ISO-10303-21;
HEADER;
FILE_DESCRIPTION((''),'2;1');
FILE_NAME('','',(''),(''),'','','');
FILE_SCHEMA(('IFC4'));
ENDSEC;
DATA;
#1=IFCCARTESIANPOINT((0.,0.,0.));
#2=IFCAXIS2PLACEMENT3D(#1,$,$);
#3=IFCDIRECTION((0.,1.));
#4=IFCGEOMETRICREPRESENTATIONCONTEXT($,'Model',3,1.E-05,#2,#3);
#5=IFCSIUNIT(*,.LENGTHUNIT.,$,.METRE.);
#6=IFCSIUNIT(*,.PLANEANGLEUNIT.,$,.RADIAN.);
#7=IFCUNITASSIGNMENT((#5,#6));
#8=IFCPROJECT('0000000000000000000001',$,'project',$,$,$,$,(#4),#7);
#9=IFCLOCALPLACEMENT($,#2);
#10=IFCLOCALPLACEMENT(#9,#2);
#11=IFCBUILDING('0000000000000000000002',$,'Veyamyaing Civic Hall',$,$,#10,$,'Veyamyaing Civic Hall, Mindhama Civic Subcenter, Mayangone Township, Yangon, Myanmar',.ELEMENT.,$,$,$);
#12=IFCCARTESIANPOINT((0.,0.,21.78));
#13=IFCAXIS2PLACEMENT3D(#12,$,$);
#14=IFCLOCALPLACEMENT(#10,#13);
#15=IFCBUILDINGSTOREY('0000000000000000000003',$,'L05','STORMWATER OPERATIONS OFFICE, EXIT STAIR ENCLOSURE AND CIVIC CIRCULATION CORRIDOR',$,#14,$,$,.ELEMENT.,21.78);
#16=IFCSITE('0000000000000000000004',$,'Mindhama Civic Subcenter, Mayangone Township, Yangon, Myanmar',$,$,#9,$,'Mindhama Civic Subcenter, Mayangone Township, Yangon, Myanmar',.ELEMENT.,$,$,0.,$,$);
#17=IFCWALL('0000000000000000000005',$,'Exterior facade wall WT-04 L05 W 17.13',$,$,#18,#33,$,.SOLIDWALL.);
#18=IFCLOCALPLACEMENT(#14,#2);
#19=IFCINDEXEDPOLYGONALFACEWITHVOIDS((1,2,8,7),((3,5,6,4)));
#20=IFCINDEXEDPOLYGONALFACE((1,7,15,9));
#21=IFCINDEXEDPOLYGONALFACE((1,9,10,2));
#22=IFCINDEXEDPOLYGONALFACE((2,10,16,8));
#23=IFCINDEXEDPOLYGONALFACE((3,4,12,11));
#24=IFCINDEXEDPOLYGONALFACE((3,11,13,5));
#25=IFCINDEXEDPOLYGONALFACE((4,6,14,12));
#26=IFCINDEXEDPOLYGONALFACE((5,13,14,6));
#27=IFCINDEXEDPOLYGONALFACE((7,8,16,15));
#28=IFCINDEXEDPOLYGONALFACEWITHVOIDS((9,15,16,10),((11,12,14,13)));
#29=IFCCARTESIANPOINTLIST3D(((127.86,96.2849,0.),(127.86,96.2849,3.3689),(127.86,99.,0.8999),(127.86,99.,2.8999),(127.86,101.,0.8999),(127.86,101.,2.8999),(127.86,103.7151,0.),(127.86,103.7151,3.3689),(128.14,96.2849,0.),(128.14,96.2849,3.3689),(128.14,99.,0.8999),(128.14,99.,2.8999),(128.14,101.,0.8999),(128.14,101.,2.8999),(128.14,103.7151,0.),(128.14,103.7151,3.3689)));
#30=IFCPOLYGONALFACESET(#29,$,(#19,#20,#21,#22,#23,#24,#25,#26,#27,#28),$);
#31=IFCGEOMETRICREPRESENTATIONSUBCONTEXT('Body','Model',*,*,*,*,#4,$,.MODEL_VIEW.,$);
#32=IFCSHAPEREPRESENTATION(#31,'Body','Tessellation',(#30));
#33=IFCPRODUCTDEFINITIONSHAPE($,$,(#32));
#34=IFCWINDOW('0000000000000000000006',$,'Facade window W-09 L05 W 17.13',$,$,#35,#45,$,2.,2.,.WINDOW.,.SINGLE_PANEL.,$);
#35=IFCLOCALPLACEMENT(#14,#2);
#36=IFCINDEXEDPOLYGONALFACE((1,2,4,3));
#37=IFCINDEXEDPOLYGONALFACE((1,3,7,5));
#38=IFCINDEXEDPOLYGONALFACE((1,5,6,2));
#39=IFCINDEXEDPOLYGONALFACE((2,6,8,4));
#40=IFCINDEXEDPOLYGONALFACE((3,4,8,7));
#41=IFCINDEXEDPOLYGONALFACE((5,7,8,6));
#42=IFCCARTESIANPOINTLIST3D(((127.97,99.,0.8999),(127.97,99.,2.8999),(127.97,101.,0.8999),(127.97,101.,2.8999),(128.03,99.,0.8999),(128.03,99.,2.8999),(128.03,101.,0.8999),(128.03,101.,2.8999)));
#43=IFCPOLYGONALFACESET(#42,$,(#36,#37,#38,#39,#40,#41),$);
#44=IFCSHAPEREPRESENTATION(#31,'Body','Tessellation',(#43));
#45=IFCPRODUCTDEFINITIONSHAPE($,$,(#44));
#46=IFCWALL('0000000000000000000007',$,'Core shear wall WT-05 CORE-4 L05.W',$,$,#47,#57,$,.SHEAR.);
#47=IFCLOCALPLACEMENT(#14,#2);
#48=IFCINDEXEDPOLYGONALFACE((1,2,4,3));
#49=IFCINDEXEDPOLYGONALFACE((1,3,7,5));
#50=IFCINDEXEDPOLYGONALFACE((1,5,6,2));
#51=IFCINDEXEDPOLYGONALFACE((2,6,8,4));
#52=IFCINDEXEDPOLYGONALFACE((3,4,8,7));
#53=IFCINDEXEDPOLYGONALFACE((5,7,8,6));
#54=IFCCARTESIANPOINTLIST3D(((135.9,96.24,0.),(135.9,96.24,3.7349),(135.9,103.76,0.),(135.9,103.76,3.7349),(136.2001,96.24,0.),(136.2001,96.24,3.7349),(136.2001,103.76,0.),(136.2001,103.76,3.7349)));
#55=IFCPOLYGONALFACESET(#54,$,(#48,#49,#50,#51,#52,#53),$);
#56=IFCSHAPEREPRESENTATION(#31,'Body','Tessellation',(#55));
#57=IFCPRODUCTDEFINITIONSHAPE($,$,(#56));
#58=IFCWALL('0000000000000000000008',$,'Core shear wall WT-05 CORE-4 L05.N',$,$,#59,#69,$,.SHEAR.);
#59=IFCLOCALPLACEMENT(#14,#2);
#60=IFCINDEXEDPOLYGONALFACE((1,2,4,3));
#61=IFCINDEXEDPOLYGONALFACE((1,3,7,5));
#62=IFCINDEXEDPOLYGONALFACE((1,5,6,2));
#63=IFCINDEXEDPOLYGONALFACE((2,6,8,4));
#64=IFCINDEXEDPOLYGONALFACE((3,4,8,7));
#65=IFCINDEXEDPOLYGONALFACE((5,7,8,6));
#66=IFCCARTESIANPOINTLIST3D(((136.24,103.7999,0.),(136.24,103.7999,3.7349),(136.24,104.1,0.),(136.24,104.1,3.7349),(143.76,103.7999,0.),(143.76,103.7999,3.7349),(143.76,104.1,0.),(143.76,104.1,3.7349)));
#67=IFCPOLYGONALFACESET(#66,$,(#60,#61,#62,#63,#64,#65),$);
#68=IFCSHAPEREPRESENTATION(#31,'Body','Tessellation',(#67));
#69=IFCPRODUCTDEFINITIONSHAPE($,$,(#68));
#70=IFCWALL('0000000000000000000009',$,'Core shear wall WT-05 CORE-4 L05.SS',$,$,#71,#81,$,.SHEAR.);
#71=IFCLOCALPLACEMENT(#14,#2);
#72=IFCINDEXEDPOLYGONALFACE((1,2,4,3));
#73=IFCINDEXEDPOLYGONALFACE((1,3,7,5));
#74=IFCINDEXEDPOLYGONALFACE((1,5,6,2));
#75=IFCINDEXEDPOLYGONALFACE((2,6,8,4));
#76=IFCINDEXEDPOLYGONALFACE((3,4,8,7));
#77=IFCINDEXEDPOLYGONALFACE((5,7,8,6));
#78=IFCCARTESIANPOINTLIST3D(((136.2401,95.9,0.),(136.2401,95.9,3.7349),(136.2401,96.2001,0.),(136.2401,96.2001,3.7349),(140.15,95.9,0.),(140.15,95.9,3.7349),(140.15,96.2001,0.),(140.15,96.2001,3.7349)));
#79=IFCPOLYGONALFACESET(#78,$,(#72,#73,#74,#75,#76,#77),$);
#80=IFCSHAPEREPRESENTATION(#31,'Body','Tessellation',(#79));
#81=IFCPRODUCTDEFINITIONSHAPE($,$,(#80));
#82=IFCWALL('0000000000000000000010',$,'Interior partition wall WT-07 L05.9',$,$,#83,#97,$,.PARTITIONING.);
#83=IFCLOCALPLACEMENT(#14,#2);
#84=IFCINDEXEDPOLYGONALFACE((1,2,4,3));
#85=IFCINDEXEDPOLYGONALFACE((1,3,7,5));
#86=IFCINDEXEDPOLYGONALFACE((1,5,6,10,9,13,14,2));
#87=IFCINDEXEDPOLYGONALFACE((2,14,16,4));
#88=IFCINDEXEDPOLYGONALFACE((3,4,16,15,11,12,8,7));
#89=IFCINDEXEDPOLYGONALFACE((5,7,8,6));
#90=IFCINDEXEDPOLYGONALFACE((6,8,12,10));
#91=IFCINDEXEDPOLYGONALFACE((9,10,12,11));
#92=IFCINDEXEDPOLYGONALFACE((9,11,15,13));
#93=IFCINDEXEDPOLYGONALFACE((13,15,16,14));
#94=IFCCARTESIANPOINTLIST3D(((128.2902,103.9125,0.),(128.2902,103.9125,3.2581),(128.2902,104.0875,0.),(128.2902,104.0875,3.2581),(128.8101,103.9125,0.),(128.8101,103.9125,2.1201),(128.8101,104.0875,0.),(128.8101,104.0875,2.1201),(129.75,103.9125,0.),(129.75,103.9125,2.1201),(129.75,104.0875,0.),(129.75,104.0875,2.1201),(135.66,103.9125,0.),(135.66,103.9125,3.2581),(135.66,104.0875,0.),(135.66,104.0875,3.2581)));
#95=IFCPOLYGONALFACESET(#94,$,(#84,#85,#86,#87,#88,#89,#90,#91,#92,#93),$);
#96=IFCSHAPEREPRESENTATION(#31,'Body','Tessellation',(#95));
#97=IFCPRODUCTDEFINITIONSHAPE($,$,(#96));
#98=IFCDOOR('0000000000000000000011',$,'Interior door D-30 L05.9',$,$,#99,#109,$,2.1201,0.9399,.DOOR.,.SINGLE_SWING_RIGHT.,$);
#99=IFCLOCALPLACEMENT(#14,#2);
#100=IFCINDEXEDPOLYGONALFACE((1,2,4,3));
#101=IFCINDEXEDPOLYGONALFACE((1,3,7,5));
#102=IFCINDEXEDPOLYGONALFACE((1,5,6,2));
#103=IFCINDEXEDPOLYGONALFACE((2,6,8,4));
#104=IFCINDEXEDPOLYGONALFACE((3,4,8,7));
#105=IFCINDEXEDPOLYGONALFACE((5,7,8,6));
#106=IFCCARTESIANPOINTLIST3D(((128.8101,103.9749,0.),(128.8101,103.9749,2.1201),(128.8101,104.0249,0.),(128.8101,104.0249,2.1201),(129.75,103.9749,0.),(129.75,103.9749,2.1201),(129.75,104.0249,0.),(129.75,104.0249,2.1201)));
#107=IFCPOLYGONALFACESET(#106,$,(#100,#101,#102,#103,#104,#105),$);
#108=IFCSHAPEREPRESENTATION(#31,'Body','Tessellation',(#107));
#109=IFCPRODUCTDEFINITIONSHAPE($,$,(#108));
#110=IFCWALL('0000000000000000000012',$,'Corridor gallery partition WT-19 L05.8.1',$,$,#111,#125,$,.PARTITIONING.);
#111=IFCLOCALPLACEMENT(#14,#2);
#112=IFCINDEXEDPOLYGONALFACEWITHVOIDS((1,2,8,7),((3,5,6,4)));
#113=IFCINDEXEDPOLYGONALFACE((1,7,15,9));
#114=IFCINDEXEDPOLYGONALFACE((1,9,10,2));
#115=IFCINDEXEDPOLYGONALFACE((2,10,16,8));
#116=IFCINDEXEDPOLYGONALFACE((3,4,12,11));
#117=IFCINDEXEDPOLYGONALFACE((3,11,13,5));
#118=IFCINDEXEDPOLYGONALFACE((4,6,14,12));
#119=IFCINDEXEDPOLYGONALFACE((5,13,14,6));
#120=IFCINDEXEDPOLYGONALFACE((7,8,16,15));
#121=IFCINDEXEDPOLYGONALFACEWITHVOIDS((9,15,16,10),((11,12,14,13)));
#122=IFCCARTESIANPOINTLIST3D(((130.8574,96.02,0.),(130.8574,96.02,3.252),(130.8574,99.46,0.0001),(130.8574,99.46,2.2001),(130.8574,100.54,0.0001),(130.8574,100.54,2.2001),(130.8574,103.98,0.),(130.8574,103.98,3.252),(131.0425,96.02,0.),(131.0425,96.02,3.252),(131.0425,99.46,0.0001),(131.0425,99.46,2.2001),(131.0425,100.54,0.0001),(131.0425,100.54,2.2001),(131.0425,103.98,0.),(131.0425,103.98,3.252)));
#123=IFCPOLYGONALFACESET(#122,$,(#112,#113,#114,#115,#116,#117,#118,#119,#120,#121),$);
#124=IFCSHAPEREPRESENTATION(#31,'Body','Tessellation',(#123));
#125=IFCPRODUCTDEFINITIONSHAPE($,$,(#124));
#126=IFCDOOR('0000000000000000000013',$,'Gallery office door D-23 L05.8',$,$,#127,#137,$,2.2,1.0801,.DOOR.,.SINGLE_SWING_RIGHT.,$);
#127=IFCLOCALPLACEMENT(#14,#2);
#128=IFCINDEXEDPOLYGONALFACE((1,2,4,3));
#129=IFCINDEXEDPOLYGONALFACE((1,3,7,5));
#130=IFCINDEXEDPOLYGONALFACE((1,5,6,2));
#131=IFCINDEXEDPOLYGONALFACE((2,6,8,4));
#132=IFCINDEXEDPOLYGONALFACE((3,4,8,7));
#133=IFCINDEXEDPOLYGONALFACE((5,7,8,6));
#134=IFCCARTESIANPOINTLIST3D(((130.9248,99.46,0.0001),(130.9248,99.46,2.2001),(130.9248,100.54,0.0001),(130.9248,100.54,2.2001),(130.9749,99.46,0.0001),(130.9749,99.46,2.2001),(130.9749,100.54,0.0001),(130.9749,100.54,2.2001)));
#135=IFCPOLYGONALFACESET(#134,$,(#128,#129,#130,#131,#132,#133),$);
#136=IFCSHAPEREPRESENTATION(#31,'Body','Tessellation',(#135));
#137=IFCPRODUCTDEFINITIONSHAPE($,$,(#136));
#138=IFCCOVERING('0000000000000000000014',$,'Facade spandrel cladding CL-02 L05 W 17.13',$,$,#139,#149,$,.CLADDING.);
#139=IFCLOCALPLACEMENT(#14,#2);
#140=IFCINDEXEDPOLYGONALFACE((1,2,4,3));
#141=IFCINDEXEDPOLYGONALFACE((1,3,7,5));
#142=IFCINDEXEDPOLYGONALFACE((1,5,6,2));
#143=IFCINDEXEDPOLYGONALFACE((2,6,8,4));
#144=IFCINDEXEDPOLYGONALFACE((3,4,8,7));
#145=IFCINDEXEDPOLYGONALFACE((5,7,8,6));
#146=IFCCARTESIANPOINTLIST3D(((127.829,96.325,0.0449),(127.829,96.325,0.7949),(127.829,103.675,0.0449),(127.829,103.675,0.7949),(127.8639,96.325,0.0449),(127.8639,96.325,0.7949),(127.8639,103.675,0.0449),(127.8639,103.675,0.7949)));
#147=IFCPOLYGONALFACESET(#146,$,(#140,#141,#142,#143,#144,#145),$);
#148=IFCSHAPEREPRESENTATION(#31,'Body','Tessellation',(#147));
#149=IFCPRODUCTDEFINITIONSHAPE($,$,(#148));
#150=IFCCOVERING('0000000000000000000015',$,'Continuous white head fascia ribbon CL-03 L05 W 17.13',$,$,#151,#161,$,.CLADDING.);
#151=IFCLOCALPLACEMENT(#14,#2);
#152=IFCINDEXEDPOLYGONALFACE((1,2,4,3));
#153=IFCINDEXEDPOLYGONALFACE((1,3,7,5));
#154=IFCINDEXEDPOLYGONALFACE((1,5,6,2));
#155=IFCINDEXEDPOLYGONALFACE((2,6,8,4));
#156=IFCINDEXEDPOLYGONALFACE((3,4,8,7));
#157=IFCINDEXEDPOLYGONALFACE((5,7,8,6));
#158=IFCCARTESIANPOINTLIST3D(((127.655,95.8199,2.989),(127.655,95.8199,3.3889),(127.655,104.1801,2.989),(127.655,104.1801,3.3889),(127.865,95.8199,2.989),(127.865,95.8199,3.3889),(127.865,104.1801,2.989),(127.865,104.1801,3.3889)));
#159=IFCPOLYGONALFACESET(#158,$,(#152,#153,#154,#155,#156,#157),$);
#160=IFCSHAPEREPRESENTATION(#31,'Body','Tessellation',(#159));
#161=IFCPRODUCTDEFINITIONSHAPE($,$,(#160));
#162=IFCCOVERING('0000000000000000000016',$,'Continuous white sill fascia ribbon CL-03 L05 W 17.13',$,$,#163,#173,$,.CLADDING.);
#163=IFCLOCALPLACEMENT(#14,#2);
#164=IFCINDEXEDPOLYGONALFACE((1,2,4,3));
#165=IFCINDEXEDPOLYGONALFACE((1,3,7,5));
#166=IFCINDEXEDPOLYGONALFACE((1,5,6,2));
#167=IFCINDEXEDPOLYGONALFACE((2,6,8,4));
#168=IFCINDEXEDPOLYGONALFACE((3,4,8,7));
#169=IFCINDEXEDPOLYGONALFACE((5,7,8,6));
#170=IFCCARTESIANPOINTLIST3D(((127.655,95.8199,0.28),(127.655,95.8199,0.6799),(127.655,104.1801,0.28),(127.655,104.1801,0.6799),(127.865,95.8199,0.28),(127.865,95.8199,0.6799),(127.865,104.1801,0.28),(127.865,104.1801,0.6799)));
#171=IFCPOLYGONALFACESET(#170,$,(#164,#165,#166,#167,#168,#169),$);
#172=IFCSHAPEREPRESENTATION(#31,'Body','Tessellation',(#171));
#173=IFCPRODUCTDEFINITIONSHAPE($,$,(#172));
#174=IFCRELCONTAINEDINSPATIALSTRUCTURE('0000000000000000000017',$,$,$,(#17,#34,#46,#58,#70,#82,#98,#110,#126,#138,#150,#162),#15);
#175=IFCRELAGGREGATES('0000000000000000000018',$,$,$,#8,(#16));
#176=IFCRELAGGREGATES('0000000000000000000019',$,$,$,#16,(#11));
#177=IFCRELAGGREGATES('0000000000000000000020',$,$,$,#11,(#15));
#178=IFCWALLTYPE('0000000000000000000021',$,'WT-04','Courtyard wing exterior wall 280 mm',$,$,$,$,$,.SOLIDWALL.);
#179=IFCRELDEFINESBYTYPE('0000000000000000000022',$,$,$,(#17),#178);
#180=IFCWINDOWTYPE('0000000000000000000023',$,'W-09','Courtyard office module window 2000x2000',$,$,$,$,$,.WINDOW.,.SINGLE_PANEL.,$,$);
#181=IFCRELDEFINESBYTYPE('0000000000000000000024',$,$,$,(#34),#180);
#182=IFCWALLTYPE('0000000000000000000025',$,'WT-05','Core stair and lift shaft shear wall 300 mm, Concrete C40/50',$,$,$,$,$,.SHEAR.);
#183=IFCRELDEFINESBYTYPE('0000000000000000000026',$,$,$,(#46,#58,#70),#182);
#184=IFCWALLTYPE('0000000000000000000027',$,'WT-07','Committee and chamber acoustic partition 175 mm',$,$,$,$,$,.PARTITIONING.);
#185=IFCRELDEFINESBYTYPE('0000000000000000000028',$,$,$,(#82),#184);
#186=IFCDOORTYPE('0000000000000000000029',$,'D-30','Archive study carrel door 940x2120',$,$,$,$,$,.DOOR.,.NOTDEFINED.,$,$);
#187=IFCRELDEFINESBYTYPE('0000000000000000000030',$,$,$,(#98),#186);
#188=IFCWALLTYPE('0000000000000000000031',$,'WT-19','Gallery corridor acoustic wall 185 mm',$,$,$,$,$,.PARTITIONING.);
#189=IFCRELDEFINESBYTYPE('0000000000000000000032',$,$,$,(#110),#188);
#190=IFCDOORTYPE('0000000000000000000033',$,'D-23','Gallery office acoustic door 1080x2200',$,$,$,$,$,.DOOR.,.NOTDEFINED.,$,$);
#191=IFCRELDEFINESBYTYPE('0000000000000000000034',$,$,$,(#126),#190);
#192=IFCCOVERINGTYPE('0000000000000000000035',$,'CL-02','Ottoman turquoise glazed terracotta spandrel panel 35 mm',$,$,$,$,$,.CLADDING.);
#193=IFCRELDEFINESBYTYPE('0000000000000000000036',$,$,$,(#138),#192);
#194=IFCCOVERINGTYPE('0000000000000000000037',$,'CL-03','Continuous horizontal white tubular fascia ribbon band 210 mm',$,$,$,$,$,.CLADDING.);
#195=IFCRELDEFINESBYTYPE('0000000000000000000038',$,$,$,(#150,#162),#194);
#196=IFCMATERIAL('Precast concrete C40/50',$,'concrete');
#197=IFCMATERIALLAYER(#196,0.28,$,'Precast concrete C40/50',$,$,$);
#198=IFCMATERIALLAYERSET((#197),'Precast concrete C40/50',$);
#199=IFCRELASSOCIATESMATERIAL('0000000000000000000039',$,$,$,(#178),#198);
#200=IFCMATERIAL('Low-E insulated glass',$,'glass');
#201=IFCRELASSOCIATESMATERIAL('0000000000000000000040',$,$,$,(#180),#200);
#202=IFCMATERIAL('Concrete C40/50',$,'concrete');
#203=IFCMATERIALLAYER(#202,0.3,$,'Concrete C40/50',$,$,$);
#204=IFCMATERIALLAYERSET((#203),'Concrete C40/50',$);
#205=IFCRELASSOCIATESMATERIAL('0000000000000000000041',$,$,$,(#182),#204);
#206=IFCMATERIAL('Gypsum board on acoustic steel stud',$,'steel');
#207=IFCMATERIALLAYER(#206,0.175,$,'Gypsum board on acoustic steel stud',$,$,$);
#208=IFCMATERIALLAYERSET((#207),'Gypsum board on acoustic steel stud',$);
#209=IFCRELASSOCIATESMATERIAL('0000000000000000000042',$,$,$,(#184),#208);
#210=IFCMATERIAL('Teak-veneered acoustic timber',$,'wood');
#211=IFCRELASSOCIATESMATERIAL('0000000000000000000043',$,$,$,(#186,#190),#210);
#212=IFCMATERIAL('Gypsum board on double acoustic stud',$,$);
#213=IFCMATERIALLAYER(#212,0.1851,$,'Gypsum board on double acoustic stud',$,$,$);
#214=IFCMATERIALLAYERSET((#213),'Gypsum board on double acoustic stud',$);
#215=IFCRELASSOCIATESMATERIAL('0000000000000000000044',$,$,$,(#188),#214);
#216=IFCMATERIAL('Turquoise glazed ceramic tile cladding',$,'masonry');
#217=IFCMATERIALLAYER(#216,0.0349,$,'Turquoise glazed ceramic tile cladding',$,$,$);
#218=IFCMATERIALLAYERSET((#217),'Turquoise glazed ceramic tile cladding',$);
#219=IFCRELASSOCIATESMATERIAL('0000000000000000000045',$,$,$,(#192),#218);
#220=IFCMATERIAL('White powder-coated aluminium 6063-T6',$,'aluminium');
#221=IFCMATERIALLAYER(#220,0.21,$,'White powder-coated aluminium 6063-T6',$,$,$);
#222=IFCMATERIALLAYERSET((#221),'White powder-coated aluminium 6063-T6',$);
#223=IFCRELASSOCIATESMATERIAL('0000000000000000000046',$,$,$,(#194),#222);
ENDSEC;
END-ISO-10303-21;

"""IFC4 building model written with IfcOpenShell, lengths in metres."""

from ifc_helpers import new_model, si_unit, direction, frame, frame_2d, origin, origin_2d, place, context, subcontext, project, spatial, rectangle, extrude, material, layer, layer_set, type_object, element, fill, save


model = new_model("IFC4")

# Units and contexts
model_context = context("Model", 3, precision=1e-05, world=origin(), true_north=direction((0.0, 1.0)))
body_context = subcontext(model_context, "Body", "Model", "MODEL_VIEW")
ifc_project = project(units=[si_unit("LENGTHUNIT", "METRE"), si_unit("PLANEANGLEUNIT", "RADIAN")], contexts=[model_context])

# Site, building, storey
site_placement = place(None, origin())
site = spatial("IfcSite", under=ifc_project, at=site_placement, Name="Mindhama Civic Subcenter, Mayangone Township, Yangon, Myanmar", LongName="Mindhama Civic Subcenter, Mayangone Township, Yangon, Myanmar", CompositionType="ELEMENT", RefElevation=0.0)
building_placement = place(site_placement, origin())
building = spatial("IfcBuilding", under=site, at=building_placement, Name="Veyamyaing Civic Hall", LongName="Veyamyaing Civic Hall, Mindhama Civic Subcenter, Mayangone Township, Yangon, Myanmar", CompositionType="ELEMENT")
storey_placement = place(building_placement, frame((0.0, 0.0, 21.78)))
storey = spatial("IfcBuildingStorey", under=building, at=storey_placement, Name="L05", Description="STORMWATER OPERATIONS OFFICE, EXIT STAIR ENCLOSURE AND CIVIC CIRCULATION CORRIDOR", CompositionType="ELEMENT", Elevation=21.78)

# Wall, opening, window
ifc_material_1 = material(Name="Precast concrete C40/50", Category="concrete")
ifc_layer_1 = layer(ifc_material_1, 0.28, Name="Precast concrete C40/50")
ifc_layer_set_1 = layer_set([ifc_layer_1], Name="Precast concrete C40/50")
wall_type_1 = type_object("IfcWallType", Name="WT-04", Description="Courtyard wing exterior wall 280 mm", PredefinedType="SOLIDWALL", material=ifc_layer_set_1)
wall_1_placement = place(storey_placement, frame((128.0, 96.2849, 0.0), z_axis=(0.0, 0.0, 1.0), x_axis=(0.0, 1.0, 0.0)))
wall_1 = element("IfcWall", 1, at=wall_1_placement, inside=storey, type_object=wall_type_1, Name="Exterior facade wall WT-04 L05 W 17.13", PredefinedType="SOLIDWALL", context=body_context, shape_type="SweptSolid", body=[
    extrude(rectangle(XDim=7.4302, YDim=0.28, at=frame_2d((3.7151, 0.0))), origin(), (0.0, 0.0, 1.0), 3.3689),
])
opening_1_placement = place(wall_1_placement, frame((2.7151, 0.0, 0.8999)))
opening_1 = element("IfcOpeningElement", 2, at=opening_1_placement, cuts=wall_1, PredefinedType="OPENING", context=body_context, shape_type="SweptSolid", body=[
    extrude(rectangle(XDim=2.0, YDim=2.0, at=frame_2d((1.0, 1.0))), frame((0.0, 0.1499, 0.0), z_axis=(0.0, -1.0, 0.0), x_axis=(1.0, 0.0, 0.0)), (0.0, 0.0, 1.0), 0.3),
])
ifc_material_2 = material(Name="Low-E insulated glass", Category="glass")
window_type = type_object("IfcWindowType", Name="W-09", Description="Courtyard office module window 2000x2000", PartitioningType="SINGLE_PANEL", PredefinedType="WINDOW", material=ifc_material_2)
window_placement = place(opening_1_placement, origin())
window = element("IfcWindow", 3, at=window_placement, inside=storey, type_object=window_type, Name="Facade window W-09 L05 W 17.13", OverallHeight=2.0, OverallWidth=2.0, PartitioningType="SINGLE_PANEL", PredefinedType="WINDOW", context=body_context, shape_type="SweptSolid", body=[
    extrude(rectangle(XDim=2.0, YDim=2.0, at=frame_2d((1.0, 1.0))), frame((0.0, 0.03, 0.0), z_axis=(0.0, -1.0, 0.0), x_axis=(1.0, 0.0, 0.0)), (0.0, 0.0, 1.0), 0.0601),
])
fill(opening_1, window)

# Walls
ifc_material_3 = material(Name="Concrete C40/50", Category="concrete")
ifc_layer_2 = layer(ifc_material_3, 0.3, Name="Concrete C40/50")
ifc_layer_set_2 = layer_set([ifc_layer_2], Name="Concrete C40/50")
wall_type_2 = type_object("IfcWallType", Name="WT-05", Description="Core stair and lift shaft shear wall 300 mm, Concrete C40/50", PredefinedType="SHEAR", material=ifc_layer_set_2)
for number, where, z_axis, x_axis, name in (
    (4, (136.05, 96.24, 0.0), (0.0, 0.0, 1.0), (0.0, 1.0, 0.0), "Core shear wall WT-05 CORE-4 L05.W"),
    (5, (136.24, 103.95, 0.0), (0.0, 0.0, 1.0), (1.0, 0.0, 0.0), "Core shear wall WT-05 CORE-4 L05.N"),
):
    element("IfcWall", number, at=place(storey_placement, frame(where, z_axis=z_axis, x_axis=x_axis)), inside=storey, type_object=wall_type_2, Name=name, PredefinedType="SHEAR", context=body_context, shape_type="SweptSolid", body=[
        extrude(rectangle(XDim=7.52, YDim=0.3, at=frame_2d((3.76, 0.0))), origin(), (0.0, 0.0, 1.0), 3.7349),
    ])
wall_2_placement = place(storey_placement, frame((136.24, 96.05, 0.0), z_axis=(0.0, 0.0, 1.0), x_axis=(1.0, 0.0, 0.0)))
element("IfcWall", 6, at=wall_2_placement, inside=storey, type_object=wall_type_2, Name="Core shear wall WT-05 CORE-4 L05.SS", PredefinedType="SHEAR", context=body_context, shape_type="SweptSolid", body=[
    extrude(rectangle(XDim=3.9099, YDim=0.3, at=frame_2d((1.9551, 0.0))), origin(), (0.0, 0.0, 1.0), 3.7349),
])

# Walls, openings, doors
ifc_material_4 = material(Name="Gypsum board on acoustic steel stud", Category="steel")
ifc_layer_3 = layer(ifc_material_4, 0.175, Name="Gypsum board on acoustic steel stud")
ifc_layer_set_3 = layer_set([ifc_layer_3], Name="Gypsum board on acoustic steel stud")
wall_type_3 = type_object("IfcWallType", Name="WT-07", Description="Committee and chamber acoustic partition 175 mm", PredefinedType="PARTITIONING", material=ifc_layer_set_3)
wall_3_placement = place(storey_placement, frame((128.29, 104.0, 0.0), z_axis=(0.0, 0.0, 1.0), x_axis=(1.0, 0.0, 0.0)))
wall_3 = element("IfcWall", 7, at=wall_3_placement, inside=storey, type_object=wall_type_3, Name="Interior partition wall WT-07 L05.9", PredefinedType="PARTITIONING", context=body_context, shape_type="SweptSolid", body=[
    extrude(rectangle(XDim=7.3699, YDim=0.175, at=frame_2d((3.6851, 0.0))), origin(), (0.0, 0.0, 1.0), 3.2581),
])
opening_2_placement = place(wall_3_placement, frame((0.52, 0.0, 0.0)))
opening_2 = element("IfcOpeningElement", 8, at=opening_2_placement, cuts=wall_3, PredefinedType="OPENING", context=body_context, shape_type="SweptSolid", body=[
    extrude(rectangle(XDim=0.9399, YDim=2.1201, at=frame_2d((0.47, 1.0601))), frame((0.0, 0.0974, 0.0), z_axis=(0.0, -1.0, 0.0), x_axis=(1.0, 0.0, 0.0)), (0.0, 0.0, 1.0), 0.1951),
])
ifc_material_5 = material(Name="Teak-veneered acoustic timber", Category="wood")
door_type_1 = type_object("IfcDoorType", Name="D-30", Description="Archive study carrel door 940x2120", OperationType="NOTDEFINED", PredefinedType="DOOR", material=ifc_material_5)
door_1_placement = place(opening_2_placement, origin())
door_1 = element("IfcDoor", 9, at=door_1_placement, inside=storey, type_object=door_type_1, Name="Interior door D-30 L05.9", OperationType="SINGLE_SWING_RIGHT", OverallHeight=2.1201, OverallWidth=0.9399, PredefinedType="DOOR", context=body_context, shape_type="SweptSolid", body=[
    extrude(rectangle(XDim=0.9399, YDim=2.1201, at=frame_2d((0.47, 1.0601))), frame((0.0, 0.0249, 0.0), z_axis=(0.0, -1.0, 0.0), x_axis=(1.0, 0.0, 0.0)), (0.0, 0.0, 1.0), 0.05),
])
fill(opening_2, door_1)
ifc_material_6 = material(Name="Gypsum board on double acoustic stud")
ifc_layer_4 = layer(ifc_material_6, 0.1851, Name="Gypsum board on double acoustic stud")
ifc_layer_set_4 = layer_set([ifc_layer_4], Name="Gypsum board on double acoustic stud")
wall_type_4 = type_object("IfcWallType", Name="WT-19", Description="Gallery corridor acoustic wall 185 mm", PredefinedType="PARTITIONING", material=ifc_layer_set_4)
wall_4_placement = place(storey_placement, frame((130.95, 96.02, 0.0), z_axis=(0.0, 0.0, 1.0), x_axis=(0.0, 1.0, 0.0)))
wall_4 = element("IfcWall", 10, at=wall_4_placement, inside=storey, type_object=wall_type_4, Name="Corridor gallery partition WT-19 L05.8.1", PredefinedType="PARTITIONING", context=body_context, shape_type="SweptSolid", body=[
    extrude(rectangle(XDim=7.96, YDim=0.1851, at=frame_2d((3.98, 0.0))), origin(), (0.0, 0.0, 1.0), 3.252),
])
opening_3_placement = place(wall_4_placement, frame((3.4399, 0.0, 0.0)))
opening_3 = element("IfcOpeningElement", 11, at=opening_3_placement, cuts=wall_4, PredefinedType="OPENING", context=body_context, shape_type="SweptSolid", body=[
    extrude(rectangle(XDim=1.0801, YDim=2.2, at=frame_2d((0.54, 1.1001))), frame((0.0, 0.1025, 0.0), z_axis=(0.0, -1.0, 0.0), x_axis=(1.0, 0.0, 0.0)), (0.0, 0.0, 1.0), 0.2051),
])
door_type_2 = type_object("IfcDoorType", Name="D-23", Description="Gallery office acoustic door 1080x2200", OperationType="NOTDEFINED", PredefinedType="DOOR", material=ifc_material_5)
door_2_placement = place(opening_3_placement, frame((1.0801, 0.0, 0.0), z_axis=(0.0, 0.0, 1.0), x_axis=(-1.0, 0.0, 0.0)))
door_2 = element("IfcDoor", 12, at=door_2_placement, inside=storey, type_object=door_type_2, Name="Gallery office door D-23 L05.8", OperationType="SINGLE_SWING_RIGHT", OverallHeight=2.2, OverallWidth=1.0801, PredefinedType="DOOR", context=body_context, shape_type="SweptSolid", body=[
    extrude(rectangle(XDim=1.0801, YDim=2.2, at=frame_2d((0.54, 1.1001))), frame((0.0, 0.0249, 0.0), z_axis=(0.0, -1.0, 0.0), x_axis=(1.0, 0.0, 0.0)), (0.0, 0.0, 1.0), 0.05),
])
fill(opening_3, door_2)

# Coverings
ifc_material_7 = material(Name="Turquoise glazed ceramic tile cladding", Category="masonry")
ifc_layer_5 = layer(ifc_material_7, 0.0349, Name="Turquoise glazed ceramic tile cladding")
ifc_layer_set_5 = layer_set([ifc_layer_5], Name="Turquoise glazed ceramic tile cladding")
covering_type_1 = type_object("IfcCoveringType", Name="CL-02", Description="Ottoman turquoise glazed terracotta spandrel panel 35 mm", PredefinedType="CLADDING", material=ifc_layer_set_5)
covering_placement = place(storey_placement, frame((127.8464, 100.0, 0.0449), z_axis=(0.0, 0.0, 1.0), x_axis=(0.0, 1.0, 0.0)))
element("IfcCovering", 13, at=covering_placement, inside=storey, type_object=covering_type_1, Name="Facade spandrel cladding CL-02 L05 W 17.13", PredefinedType="CLADDING", context=body_context, shape_type="SweptSolid", body=[
    extrude(rectangle(XDim=7.3501, YDim=0.0349, at=origin_2d()), origin(), (0.0, 0.0, 1.0), 0.75),
])
ifc_material_8 = material(Name="White powder-coated aluminium 6063-T6", Category="aluminium")
ifc_layer_6 = layer(ifc_material_8, 0.21, Name="White powder-coated aluminium 6063-T6")
ifc_layer_set_6 = layer_set([ifc_layer_6], Name="White powder-coated aluminium 6063-T6")
covering_type_2 = type_object("IfcCoveringType", Name="CL-03", Description="Continuous horizontal white tubular fascia ribbon band 210 mm", PredefinedType="CLADDING", material=ifc_layer_set_6)
for number, where, z_axis, x_axis, name in (
    (14, (127.76, 100.0, 2.989), (0.0, 0.0, 1.0), (0.0, 1.0, 0.0), "Continuous white head fascia ribbon CL-03 L05 W 17.13"),
    (15, (127.76, 100.0, 0.28), (0.0, 0.0, 1.0), (0.0, 1.0, 0.0), "Continuous white sill fascia ribbon CL-03 L05 W 17.13"),
):
    element("IfcCovering", number, at=place(storey_placement, frame(where, z_axis=z_axis, x_axis=x_axis)), inside=storey, type_object=covering_type_2, Name=name, PredefinedType="CLADDING", context=body_context, shape_type="SweptSolid", body=[
        extrude(rectangle(XDim=8.3601, YDim=0.21, at=origin_2d()), origin(), (0.0, 0.0, 1.0), 0.3999),
    ])

save(model, "model.ifc")
